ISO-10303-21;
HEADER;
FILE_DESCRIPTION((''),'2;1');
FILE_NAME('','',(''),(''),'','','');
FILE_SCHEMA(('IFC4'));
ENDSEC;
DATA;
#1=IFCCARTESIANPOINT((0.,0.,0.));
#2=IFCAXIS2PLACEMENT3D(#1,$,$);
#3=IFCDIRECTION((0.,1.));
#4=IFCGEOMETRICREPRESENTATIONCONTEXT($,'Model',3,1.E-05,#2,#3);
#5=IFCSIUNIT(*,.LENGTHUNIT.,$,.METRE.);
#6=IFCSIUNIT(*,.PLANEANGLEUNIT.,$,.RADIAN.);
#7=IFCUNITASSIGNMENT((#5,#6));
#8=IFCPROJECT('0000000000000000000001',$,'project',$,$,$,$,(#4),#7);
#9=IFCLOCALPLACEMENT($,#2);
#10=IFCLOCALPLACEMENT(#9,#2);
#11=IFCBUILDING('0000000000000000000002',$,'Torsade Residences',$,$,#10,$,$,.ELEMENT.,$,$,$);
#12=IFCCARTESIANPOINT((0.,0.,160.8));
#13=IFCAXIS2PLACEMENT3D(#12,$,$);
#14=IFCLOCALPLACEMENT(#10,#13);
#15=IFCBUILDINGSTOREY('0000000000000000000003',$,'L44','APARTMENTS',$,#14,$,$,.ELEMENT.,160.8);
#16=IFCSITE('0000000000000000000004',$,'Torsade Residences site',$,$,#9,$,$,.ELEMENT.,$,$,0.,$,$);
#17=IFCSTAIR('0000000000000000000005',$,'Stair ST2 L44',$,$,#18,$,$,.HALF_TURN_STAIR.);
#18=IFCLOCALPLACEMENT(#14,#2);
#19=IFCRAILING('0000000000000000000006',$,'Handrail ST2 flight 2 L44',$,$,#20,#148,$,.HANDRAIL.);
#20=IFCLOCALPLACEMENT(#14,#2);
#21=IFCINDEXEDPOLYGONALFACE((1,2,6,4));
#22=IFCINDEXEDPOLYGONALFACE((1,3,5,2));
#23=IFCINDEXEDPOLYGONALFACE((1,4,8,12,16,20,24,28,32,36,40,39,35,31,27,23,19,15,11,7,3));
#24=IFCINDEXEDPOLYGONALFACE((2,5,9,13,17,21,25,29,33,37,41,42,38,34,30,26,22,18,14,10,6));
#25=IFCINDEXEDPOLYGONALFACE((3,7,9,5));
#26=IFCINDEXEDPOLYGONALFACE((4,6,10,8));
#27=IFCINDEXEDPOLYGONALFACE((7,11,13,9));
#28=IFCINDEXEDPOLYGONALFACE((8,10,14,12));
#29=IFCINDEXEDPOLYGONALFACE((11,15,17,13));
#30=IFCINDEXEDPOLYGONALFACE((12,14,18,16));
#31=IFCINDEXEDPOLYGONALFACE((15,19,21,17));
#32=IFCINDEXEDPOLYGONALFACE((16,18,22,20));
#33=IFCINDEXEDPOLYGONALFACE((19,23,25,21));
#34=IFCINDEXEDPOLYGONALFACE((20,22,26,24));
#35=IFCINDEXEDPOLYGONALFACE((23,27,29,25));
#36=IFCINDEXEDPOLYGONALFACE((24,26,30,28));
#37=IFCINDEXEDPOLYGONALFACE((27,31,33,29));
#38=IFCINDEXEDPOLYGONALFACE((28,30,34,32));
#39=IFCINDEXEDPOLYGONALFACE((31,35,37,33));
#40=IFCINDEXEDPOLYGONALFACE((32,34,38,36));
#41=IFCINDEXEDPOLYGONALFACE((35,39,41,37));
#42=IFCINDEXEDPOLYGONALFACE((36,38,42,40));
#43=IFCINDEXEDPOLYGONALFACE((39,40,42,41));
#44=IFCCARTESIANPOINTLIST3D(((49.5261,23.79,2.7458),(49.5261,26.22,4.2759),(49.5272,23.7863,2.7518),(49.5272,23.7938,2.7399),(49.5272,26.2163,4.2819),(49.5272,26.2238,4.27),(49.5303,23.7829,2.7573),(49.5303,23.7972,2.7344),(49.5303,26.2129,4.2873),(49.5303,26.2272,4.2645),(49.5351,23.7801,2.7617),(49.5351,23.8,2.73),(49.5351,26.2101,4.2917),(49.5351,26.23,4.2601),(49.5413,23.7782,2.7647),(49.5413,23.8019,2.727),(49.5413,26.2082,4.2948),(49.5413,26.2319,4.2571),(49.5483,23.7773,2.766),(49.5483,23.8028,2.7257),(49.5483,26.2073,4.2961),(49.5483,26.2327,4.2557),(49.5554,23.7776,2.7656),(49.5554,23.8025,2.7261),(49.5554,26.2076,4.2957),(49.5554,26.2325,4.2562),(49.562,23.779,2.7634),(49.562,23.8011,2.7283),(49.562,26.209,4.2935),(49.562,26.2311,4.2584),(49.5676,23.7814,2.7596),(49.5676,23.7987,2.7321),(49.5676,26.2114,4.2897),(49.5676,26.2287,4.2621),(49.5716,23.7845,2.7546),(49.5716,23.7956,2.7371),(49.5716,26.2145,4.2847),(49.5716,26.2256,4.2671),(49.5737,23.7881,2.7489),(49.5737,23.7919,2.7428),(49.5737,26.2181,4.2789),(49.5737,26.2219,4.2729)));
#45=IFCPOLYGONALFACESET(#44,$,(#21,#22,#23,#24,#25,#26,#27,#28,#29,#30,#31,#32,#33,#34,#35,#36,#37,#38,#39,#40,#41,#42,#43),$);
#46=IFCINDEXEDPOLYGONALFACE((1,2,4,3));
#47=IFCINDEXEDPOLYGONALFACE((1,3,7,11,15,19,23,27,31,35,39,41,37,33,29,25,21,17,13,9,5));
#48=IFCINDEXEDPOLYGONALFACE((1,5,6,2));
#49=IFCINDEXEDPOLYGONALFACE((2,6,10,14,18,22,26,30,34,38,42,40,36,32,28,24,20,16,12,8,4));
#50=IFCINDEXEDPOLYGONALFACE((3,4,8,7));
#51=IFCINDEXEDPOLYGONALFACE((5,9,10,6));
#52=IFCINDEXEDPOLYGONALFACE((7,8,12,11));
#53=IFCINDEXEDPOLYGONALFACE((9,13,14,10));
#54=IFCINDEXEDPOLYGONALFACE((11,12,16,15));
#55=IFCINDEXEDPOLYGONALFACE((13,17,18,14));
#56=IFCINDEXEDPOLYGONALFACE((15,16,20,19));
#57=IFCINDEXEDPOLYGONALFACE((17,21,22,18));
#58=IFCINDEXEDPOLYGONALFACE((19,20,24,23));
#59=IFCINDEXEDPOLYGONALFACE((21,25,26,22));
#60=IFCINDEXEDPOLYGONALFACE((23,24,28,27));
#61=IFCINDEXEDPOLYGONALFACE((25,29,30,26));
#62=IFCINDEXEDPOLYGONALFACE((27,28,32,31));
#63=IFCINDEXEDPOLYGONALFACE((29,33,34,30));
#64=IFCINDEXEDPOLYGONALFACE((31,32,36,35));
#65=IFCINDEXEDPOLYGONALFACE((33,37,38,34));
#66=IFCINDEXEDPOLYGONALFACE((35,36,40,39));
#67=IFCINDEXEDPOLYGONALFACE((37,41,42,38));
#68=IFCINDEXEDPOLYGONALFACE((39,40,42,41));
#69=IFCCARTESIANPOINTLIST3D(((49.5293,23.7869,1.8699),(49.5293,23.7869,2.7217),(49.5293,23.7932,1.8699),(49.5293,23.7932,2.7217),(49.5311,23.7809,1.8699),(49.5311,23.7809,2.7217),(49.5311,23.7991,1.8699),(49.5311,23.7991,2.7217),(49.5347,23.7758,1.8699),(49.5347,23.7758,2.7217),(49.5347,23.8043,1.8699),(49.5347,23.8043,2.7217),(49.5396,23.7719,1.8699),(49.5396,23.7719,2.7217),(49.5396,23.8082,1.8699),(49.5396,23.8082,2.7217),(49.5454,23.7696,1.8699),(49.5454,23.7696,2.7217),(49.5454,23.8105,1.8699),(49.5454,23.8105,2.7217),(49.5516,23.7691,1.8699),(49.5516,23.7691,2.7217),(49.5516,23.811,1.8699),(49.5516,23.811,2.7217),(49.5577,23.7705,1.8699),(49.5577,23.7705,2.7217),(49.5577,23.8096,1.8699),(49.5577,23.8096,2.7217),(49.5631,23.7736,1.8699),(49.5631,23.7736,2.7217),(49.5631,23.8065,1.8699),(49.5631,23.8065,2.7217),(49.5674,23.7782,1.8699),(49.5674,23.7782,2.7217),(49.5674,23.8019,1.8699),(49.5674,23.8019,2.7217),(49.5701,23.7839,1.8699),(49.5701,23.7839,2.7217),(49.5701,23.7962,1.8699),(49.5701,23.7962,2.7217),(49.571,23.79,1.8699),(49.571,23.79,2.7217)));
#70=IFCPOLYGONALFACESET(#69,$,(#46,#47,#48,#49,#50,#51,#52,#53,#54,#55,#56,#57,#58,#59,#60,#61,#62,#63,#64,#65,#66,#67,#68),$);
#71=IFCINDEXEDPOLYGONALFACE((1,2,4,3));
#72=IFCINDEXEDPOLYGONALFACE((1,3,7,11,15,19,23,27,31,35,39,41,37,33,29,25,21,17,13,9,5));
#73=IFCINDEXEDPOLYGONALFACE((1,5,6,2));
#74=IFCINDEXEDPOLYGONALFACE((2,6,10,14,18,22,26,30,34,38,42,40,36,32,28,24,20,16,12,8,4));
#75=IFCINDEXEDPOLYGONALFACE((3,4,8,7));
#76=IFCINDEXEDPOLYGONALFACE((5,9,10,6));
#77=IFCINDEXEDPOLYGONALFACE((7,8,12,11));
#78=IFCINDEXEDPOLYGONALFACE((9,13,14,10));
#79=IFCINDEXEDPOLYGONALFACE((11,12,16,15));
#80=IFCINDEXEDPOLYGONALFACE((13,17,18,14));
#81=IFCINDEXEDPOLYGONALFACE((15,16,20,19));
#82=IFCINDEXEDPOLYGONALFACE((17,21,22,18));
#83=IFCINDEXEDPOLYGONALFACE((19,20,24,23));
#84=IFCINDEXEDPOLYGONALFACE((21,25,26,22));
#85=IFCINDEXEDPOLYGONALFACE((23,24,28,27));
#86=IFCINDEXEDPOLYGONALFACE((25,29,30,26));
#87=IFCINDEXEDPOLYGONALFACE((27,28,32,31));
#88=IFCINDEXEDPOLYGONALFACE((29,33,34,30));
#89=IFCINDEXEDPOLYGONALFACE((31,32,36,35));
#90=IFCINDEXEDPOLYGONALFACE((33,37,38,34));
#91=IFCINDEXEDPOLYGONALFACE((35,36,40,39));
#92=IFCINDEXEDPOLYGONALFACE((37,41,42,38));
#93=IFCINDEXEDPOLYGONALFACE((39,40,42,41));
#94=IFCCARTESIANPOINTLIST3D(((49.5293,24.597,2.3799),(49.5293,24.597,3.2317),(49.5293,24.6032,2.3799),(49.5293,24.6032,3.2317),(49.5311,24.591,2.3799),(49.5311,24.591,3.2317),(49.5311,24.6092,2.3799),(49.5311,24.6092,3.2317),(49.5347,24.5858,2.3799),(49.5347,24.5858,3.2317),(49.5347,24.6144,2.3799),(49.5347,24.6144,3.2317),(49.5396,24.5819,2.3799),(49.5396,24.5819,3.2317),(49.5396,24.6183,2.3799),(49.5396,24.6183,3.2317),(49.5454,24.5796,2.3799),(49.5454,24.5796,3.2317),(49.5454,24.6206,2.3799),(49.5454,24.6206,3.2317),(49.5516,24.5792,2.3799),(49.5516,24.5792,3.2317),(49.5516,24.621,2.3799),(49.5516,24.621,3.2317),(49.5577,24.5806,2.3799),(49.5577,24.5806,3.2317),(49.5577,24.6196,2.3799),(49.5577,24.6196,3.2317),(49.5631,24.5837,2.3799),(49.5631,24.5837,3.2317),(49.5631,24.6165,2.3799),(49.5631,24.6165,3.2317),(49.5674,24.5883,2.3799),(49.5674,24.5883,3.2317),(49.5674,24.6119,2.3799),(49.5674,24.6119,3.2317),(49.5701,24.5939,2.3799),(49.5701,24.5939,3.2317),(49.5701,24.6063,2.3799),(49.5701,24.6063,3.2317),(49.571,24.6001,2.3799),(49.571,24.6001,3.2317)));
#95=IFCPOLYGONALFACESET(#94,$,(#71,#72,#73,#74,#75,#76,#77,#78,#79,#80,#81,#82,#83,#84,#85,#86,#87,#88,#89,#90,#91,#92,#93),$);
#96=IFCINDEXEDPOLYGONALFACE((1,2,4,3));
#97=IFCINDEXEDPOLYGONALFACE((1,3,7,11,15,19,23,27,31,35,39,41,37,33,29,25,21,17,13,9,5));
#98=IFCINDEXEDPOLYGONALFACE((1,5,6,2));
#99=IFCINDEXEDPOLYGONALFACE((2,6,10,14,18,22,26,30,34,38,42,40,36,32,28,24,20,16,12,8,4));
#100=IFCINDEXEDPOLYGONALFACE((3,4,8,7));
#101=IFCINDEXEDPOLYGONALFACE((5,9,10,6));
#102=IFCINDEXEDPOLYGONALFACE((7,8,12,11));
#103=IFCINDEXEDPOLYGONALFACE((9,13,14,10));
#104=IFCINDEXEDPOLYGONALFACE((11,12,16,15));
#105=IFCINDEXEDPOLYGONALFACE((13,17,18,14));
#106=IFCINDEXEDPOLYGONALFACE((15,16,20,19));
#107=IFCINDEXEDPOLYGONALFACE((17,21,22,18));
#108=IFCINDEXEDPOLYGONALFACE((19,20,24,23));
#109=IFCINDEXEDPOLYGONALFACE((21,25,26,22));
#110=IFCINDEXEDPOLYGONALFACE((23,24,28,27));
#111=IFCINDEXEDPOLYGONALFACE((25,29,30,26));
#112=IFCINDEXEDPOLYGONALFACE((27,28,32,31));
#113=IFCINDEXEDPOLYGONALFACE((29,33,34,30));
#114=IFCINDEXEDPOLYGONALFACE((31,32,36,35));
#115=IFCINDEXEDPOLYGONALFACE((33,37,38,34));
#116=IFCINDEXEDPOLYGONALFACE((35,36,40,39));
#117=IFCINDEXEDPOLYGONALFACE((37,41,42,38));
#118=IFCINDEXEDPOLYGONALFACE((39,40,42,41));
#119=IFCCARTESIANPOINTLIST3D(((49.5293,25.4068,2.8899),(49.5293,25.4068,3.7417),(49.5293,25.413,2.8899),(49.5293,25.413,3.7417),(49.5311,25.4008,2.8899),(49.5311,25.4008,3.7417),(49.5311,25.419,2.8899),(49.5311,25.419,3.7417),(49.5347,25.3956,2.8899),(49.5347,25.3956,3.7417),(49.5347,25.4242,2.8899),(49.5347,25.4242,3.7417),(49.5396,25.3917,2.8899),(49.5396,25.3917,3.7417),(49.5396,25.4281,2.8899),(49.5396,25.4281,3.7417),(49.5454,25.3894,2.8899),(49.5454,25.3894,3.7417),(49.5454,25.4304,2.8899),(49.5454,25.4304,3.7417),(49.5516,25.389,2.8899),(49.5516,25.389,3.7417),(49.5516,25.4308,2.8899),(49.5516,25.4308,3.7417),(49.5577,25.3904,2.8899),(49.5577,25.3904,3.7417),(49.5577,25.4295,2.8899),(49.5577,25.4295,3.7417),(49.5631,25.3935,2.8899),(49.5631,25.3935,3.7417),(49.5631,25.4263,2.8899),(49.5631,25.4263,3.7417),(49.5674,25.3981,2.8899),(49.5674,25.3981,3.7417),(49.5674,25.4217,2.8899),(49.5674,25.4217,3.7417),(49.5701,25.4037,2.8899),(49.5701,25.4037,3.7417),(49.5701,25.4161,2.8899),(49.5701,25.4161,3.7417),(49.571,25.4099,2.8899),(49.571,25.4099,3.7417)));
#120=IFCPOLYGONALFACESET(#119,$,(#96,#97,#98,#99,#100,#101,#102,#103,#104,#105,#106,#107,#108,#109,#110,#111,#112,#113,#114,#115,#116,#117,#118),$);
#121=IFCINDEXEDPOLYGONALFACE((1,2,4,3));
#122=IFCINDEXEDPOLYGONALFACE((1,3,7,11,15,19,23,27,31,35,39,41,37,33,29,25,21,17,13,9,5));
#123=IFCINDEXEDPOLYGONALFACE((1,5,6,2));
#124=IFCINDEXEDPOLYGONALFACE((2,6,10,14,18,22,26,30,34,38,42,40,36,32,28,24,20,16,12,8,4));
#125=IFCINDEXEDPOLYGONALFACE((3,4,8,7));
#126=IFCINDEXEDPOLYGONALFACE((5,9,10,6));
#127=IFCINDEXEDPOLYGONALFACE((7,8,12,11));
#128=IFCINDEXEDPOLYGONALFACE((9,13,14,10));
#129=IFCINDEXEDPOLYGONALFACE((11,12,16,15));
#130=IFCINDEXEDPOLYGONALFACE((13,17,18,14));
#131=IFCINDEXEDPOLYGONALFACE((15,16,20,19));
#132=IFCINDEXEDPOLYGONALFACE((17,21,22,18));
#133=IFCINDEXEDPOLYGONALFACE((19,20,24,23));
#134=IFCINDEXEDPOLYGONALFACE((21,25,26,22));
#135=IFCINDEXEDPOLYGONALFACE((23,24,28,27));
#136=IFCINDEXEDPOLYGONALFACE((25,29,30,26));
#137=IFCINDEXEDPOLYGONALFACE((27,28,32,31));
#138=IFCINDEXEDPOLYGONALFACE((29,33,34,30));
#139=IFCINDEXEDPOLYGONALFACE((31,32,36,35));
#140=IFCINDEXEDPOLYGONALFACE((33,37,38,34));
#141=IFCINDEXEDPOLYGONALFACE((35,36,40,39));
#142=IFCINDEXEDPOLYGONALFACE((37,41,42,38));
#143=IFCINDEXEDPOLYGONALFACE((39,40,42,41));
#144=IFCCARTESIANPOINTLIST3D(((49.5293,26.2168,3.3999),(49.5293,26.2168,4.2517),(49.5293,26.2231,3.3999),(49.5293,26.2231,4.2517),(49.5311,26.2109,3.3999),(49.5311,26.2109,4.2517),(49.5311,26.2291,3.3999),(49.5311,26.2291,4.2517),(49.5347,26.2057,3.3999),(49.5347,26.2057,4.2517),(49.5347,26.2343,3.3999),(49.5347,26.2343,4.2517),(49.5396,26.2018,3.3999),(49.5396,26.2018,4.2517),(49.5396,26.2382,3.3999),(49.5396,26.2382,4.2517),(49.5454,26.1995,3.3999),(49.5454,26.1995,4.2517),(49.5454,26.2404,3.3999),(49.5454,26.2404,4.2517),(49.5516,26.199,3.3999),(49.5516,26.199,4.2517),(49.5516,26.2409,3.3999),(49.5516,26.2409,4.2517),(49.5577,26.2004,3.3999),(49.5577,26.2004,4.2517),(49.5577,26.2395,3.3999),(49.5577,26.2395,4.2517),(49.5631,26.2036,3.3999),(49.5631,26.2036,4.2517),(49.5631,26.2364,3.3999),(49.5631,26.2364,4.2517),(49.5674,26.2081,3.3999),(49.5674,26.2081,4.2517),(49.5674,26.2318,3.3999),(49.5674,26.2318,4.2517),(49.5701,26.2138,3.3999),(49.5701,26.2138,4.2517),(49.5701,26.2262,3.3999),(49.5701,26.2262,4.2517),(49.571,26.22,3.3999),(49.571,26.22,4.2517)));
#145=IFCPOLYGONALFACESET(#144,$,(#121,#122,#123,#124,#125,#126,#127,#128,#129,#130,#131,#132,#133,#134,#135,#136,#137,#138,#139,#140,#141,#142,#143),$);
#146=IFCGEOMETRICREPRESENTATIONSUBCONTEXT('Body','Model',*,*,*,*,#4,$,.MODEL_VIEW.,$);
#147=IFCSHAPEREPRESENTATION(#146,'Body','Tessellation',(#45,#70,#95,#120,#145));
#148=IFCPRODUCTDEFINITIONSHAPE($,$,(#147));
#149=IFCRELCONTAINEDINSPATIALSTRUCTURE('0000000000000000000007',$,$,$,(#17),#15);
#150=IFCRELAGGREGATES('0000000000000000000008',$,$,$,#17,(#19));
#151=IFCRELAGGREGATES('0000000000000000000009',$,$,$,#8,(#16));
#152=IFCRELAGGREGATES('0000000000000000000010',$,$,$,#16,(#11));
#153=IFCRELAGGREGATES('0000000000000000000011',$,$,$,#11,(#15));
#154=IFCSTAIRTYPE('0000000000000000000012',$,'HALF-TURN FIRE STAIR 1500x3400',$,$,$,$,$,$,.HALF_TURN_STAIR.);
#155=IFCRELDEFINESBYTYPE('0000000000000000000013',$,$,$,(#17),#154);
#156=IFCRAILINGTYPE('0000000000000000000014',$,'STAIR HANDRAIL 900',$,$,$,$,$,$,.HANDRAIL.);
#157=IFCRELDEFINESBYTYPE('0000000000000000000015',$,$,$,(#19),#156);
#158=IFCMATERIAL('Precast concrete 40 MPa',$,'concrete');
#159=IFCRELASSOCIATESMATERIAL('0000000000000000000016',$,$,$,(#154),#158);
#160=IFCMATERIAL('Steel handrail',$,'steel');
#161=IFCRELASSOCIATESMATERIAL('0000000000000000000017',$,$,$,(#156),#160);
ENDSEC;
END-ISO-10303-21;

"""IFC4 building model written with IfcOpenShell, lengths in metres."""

from ifc_helpers import new_model, si_unit, direction, frame, origin, origin_2d, place, context, subcontext, project, spatial, circle, extrude, material, type_object, element, aggregate, save


model = new_model("IFC4")

# Units and contexts
model_context = context("Model", 3, precision=1e-05, world=origin(), true_north=direction((0.0, 1.0)))
body_context = subcontext(model_context, "Body", "Model", "MODEL_VIEW")
ifc_project = project(units=[si_unit("LENGTHUNIT", "METRE"), si_unit("PLANEANGLEUNIT", "RADIAN")], contexts=[model_context])

# Site, building, storey
site_placement = place(None, origin())
site = spatial("IfcSite", under=ifc_project, at=site_placement, Name="Torsade Residences site", CompositionType="ELEMENT", RefElevation=0.0)
building_placement = place(site_placement, origin())
building = spatial("IfcBuilding", under=site, at=building_placement, Name="Torsade Residences", CompositionType="ELEMENT")
storey_placement = place(building_placement, frame((0.0, 0.0, 160.8)))
storey = spatial("IfcBuildingStorey", under=building, at=storey_placement, Name="L44", Description="APARTMENTS", CompositionType="ELEMENT", Elevation=160.8)

# Stair, railing
ifc_material_1 = material(Name="Precast concrete 40 MPa", Category="concrete")
stair_type = type_object("IfcStairType", Name="HALF-TURN FIRE STAIR 1500x3400", PredefinedType="HALF_TURN_STAIR", material=ifc_material_1)
stair_placement = place(storey_placement, origin())
stair = element("IfcStair", 1, at=stair_placement, inside=storey, type_object=stair_type, Name="Stair ST2 L44", PredefinedType="HALF_TURN_STAIR")
ifc_material_2 = material(Name="Steel handrail", Category="steel")
railing_type = type_object("IfcRailingType", Name="STAIR HANDRAIL 900", PredefinedType="HANDRAIL", material=ifc_material_2)
railing_1_placement = place(storey_placement, frame((49.55, 23.79, 1.8699)))
railing_1 = element("IfcRailing", 2, at=railing_1_placement, type_object=railing_type, Name="Handrail ST2 flight 2 L44", PredefinedType="HANDRAIL", context=body_context, shape_type="SweptSolid", body=[
    extrude(circle(Radius=0.0239, at=origin_2d()), frame((0.0, 0.0, 0.876), z_axis=(0.0, 0.846221, 0.532831), x_axis=(-1.0, 0.0, 0.0)), (0.0, 0.0, 1.0), 2.8716),
    extrude(circle(Radius=0.021, at=origin_2d()), origin(), (0.0, 0.0, 1.0), 0.8518),
    extrude(circle(Radius=0.021, at=origin_2d()), frame((0.0, 0.8101, 0.51)), (0.0, 0.0, 1.0), 0.8518),
    extrude(circle(Radius=0.021, at=origin_2d()), frame((0.0, 1.6199, 1.02)), (0.0, 0.0, 1.0), 0.8518),
    extrude(circle(Radius=0.021, at=origin_2d()), frame((0.0, 2.4299, 1.53)), (0.0, 0.0, 1.0), 0.8518),
])
aggregate(stair, [railing_1])

save(model, "model.ifc")
